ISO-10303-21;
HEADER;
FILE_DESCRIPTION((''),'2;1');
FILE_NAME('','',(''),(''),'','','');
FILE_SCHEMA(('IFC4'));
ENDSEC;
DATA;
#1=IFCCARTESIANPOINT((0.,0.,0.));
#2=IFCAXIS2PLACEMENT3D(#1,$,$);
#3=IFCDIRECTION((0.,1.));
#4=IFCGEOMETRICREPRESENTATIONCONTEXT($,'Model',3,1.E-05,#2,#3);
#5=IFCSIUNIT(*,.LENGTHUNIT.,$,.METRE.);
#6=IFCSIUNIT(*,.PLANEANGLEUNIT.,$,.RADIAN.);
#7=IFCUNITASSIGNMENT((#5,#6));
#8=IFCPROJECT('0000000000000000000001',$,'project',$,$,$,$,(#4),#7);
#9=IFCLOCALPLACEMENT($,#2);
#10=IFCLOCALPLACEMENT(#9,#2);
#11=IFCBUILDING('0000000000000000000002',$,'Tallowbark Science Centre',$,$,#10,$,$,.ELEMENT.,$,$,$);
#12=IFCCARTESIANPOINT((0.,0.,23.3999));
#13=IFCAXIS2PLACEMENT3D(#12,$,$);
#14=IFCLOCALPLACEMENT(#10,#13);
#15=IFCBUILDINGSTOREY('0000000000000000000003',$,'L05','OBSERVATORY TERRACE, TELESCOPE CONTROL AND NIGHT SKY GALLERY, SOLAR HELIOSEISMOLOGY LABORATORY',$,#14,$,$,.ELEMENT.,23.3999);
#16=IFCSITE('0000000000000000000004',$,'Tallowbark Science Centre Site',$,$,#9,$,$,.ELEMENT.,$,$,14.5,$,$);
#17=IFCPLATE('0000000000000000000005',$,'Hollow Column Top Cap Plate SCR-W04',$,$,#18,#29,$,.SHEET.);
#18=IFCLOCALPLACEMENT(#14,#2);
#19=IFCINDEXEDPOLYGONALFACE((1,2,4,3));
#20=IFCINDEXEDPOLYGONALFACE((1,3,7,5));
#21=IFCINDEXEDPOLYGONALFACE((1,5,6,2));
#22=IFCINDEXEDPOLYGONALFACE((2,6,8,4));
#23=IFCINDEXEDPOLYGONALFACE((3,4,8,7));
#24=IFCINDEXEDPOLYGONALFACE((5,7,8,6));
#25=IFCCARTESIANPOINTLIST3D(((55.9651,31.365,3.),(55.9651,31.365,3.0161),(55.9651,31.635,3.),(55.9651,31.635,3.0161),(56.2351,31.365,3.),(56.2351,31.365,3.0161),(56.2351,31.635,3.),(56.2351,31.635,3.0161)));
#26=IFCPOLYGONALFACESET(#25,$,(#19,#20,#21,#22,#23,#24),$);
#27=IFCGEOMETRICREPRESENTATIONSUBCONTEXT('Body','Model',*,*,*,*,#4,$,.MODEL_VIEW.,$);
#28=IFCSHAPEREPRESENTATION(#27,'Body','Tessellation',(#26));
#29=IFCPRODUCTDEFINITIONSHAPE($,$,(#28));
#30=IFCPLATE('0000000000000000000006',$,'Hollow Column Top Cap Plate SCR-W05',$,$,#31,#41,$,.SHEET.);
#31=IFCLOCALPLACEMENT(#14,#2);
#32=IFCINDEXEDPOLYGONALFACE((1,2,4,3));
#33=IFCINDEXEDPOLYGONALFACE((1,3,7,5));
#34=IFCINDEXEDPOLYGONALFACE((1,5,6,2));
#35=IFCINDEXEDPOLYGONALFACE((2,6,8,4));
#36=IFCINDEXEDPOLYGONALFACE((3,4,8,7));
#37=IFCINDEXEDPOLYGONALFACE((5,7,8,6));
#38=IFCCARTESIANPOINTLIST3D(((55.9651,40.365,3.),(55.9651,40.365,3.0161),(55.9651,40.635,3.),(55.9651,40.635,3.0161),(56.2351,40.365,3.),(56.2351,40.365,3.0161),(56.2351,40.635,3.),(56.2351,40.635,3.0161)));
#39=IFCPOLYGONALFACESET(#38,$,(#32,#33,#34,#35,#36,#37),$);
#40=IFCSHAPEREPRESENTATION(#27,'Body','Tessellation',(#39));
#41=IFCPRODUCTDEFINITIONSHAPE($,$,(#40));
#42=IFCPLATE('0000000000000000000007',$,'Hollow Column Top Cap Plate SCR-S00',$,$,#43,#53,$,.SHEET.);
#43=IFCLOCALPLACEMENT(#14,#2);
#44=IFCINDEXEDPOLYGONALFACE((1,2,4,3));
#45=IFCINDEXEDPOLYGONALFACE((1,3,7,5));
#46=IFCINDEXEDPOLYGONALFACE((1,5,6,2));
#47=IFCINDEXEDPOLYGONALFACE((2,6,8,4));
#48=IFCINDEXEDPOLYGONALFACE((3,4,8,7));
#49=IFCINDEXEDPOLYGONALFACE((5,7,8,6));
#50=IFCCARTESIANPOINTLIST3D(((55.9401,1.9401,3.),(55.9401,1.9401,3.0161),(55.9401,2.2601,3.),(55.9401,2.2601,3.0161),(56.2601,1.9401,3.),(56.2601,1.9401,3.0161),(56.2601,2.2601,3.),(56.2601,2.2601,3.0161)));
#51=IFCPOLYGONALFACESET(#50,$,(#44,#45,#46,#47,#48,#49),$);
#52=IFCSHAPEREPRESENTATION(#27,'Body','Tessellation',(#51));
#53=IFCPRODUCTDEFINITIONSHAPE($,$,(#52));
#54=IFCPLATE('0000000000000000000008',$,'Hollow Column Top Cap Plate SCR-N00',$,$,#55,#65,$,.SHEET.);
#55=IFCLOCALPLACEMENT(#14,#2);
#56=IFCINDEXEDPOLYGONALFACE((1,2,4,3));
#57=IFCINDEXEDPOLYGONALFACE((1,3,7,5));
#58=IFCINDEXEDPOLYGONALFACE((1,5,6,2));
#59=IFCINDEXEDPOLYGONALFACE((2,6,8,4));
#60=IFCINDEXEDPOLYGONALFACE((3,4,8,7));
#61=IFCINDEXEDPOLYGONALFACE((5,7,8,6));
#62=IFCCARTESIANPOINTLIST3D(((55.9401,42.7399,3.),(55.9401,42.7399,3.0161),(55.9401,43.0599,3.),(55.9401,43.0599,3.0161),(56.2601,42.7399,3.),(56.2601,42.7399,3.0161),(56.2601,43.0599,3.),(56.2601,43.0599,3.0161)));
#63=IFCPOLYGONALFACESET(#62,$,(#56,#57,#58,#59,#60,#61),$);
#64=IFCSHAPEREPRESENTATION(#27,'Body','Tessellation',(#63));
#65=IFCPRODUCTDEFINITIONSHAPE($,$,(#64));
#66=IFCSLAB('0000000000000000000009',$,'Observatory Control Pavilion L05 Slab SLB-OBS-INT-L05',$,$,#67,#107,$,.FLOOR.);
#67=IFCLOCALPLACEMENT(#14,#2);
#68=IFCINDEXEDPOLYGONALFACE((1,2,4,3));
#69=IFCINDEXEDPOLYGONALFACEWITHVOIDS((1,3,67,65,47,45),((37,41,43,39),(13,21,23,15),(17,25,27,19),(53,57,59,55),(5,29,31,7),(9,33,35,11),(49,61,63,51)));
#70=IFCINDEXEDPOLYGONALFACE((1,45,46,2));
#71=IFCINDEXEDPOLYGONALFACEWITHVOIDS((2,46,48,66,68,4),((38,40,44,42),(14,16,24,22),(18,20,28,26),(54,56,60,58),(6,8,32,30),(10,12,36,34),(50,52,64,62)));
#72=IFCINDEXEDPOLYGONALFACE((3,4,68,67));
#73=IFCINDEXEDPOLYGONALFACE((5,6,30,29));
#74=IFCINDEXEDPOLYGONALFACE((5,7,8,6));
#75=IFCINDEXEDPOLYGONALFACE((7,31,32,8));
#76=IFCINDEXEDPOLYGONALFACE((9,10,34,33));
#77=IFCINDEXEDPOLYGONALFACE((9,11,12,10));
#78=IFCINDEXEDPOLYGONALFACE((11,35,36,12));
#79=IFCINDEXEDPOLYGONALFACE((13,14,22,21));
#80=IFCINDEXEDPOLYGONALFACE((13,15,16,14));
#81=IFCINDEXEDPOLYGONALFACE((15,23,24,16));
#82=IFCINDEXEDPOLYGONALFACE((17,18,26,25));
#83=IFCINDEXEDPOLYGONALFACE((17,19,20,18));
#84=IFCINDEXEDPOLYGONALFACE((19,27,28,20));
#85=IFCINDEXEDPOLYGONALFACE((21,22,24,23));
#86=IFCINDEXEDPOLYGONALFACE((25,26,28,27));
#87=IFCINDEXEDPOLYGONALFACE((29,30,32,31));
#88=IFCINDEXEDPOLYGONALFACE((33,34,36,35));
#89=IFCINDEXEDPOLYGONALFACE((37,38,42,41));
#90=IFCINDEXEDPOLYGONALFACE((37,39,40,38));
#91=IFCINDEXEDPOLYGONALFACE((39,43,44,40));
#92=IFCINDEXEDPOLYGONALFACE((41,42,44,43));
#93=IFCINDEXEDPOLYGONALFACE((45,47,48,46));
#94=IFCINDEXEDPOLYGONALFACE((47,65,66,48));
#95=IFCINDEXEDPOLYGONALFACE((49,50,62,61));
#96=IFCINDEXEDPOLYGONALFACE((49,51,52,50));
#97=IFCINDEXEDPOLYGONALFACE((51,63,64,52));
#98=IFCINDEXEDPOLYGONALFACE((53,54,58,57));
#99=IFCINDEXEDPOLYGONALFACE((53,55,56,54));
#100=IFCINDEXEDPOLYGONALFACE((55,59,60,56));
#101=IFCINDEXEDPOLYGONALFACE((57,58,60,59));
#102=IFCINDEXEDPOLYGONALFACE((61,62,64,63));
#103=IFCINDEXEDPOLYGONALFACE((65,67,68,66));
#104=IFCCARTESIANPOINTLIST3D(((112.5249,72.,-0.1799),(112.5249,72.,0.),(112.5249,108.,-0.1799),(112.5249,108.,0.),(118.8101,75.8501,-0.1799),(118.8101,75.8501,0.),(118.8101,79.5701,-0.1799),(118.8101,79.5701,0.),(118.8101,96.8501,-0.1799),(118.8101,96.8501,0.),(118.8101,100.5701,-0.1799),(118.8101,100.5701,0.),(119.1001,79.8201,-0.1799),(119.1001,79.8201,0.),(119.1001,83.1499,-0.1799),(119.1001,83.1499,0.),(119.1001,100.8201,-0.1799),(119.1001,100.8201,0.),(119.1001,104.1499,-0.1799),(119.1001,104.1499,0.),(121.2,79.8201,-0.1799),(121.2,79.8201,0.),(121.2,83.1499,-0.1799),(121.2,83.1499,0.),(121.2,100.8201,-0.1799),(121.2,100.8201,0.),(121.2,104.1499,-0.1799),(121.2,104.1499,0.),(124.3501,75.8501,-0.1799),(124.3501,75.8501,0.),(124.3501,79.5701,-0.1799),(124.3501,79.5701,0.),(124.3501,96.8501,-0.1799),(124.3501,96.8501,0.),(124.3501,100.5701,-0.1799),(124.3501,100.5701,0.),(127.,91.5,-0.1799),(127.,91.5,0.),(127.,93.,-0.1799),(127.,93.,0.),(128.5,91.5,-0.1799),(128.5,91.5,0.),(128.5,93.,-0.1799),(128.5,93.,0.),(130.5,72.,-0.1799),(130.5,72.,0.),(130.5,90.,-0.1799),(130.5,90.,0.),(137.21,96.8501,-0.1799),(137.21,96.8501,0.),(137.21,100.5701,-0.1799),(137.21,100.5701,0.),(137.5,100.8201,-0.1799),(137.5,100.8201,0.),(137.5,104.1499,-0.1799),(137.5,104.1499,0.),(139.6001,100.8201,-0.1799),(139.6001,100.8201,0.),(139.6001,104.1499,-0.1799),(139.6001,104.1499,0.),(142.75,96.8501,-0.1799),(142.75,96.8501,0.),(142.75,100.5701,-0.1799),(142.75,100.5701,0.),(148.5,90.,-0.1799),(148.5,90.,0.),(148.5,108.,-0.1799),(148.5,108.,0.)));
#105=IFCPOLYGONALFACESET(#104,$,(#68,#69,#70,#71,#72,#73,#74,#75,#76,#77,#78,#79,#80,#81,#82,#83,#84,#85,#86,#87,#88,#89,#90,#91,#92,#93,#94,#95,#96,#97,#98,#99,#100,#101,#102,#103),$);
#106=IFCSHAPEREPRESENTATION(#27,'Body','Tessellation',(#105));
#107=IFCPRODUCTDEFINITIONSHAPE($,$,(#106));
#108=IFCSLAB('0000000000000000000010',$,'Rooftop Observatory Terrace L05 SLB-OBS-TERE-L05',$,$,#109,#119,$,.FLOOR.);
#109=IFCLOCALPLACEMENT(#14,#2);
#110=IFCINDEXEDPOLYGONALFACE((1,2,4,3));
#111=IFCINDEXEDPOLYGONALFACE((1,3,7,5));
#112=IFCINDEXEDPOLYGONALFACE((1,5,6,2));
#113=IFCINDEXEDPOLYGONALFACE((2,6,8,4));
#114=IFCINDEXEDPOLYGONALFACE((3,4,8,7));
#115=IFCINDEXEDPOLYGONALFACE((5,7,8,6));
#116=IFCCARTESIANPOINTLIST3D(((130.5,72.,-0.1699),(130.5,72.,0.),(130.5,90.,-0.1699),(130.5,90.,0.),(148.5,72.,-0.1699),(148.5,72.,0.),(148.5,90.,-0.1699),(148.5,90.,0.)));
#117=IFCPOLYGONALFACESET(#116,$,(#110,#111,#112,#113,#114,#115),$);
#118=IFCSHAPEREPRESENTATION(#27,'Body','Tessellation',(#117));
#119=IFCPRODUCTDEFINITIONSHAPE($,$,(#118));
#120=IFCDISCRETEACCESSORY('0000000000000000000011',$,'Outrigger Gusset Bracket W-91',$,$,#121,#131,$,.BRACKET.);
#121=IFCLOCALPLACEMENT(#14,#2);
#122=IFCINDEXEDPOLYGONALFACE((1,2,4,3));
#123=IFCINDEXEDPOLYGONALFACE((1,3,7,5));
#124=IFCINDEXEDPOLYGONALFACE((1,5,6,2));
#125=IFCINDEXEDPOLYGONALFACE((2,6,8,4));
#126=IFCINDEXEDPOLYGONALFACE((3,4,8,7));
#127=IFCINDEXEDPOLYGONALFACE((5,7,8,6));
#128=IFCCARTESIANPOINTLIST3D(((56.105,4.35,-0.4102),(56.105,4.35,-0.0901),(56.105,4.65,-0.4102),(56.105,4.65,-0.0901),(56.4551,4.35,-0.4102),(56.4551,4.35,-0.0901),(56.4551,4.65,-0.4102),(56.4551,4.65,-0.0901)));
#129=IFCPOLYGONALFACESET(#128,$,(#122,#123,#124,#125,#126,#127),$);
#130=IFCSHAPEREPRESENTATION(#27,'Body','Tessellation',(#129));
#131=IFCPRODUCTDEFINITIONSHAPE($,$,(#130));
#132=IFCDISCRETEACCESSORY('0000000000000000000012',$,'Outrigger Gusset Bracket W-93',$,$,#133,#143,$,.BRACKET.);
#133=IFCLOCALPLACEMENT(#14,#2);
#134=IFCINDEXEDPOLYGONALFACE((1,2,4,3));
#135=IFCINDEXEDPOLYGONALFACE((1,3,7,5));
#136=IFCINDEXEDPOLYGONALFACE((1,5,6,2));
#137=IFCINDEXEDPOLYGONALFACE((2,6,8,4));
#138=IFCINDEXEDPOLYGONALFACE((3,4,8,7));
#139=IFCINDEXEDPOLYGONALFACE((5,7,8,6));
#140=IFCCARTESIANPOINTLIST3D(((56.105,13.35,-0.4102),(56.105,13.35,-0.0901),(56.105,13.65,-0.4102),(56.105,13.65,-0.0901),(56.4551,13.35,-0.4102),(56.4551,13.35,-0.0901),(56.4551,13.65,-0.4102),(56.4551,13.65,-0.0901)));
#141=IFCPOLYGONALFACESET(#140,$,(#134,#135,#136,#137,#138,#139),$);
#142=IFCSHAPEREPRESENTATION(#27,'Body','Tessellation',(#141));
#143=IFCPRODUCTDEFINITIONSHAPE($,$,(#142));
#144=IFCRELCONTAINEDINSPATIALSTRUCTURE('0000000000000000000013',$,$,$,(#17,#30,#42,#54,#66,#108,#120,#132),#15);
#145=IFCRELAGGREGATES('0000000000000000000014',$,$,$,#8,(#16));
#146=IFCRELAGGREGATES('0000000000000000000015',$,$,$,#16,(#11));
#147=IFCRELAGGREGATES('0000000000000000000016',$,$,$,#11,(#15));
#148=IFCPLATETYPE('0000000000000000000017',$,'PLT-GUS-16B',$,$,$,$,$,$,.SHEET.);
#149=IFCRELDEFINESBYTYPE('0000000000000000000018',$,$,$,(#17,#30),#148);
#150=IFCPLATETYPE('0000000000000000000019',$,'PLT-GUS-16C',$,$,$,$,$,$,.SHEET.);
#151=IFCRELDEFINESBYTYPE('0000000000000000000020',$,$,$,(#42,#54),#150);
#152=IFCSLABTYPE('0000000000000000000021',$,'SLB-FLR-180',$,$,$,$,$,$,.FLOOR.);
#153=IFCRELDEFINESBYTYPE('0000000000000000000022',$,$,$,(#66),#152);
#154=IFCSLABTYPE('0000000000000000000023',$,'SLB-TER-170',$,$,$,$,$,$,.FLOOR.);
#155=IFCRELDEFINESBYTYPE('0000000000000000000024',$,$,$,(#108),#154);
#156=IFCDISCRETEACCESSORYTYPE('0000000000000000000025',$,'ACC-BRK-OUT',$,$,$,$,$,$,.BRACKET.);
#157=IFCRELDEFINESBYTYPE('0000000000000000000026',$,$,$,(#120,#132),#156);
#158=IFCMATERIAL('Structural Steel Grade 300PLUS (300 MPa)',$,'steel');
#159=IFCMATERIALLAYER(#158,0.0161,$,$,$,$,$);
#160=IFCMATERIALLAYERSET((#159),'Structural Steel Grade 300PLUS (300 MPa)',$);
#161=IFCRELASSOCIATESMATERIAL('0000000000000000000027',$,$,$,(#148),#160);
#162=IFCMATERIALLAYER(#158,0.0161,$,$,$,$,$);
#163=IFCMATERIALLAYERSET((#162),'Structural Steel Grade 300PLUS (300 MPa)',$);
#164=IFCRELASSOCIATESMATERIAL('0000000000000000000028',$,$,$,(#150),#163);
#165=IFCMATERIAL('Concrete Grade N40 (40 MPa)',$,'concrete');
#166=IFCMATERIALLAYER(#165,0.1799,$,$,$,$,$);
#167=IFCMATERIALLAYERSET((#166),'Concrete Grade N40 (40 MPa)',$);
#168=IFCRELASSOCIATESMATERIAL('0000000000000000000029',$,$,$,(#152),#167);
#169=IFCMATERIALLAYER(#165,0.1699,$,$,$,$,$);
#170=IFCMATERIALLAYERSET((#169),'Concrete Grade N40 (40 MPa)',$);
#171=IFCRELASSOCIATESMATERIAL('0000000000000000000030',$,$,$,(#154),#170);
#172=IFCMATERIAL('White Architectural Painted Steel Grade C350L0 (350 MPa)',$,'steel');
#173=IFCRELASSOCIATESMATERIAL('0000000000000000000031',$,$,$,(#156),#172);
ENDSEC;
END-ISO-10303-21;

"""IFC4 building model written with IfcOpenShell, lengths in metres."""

from ifc_helpers import new_model, si_unit, direction, frame, origin, origin_2d, place, context, subcontext, project, spatial, polyline, rectangle, outline, extrude, material, layer, layer_set, type_object, element, save


model = new_model("IFC4")

# Units and contexts
model_context = context("Model", 3, precision=1e-05, world=origin(), true_north=direction((0.0, 1.0)))
body_context = subcontext(model_context, "Body", "Model", "MODEL_VIEW")
ifc_project = project(units=[si_unit("LENGTHUNIT", "METRE"), si_unit("PLANEANGLEUNIT", "RADIAN")], contexts=[model_context])

# Site, building, storey
site_placement = place(None, origin())
site = spatial("IfcSite", under=ifc_project, at=site_placement, Name="Tallowbark Science Centre Site", CompositionType="ELEMENT", RefElevation=14.5)
building_placement = place(site_placement, origin())
building = spatial("IfcBuilding", under=site, at=building_placement, Name="Tallowbark Science Centre", CompositionType="ELEMENT")
storey_placement = place(building_placement, frame((0.0, 0.0, 23.3999)))
storey = spatial("IfcBuildingStorey", under=building, at=storey_placement, Name="L05", Description="OBSERVATORY TERRACE, TELESCOPE CONTROL AND NIGHT SKY GALLERY, SOLAR HELIOSEISMOLOGY LABORATORY", CompositionType="ELEMENT", Elevation=23.3999)

# Shared definitions
ifc_material_1 = material(Name="White Architectural Painted Steel Grade C350L0 (350 MPa)", Category="steel")

# Plates
ifc_material_2 = material(Name="Structural Steel Grade 300PLUS (300 MPa)", Category="steel")
ifc_layer_1 = layer(ifc_material_2, 0.0161)
ifc_layer_set_1 = layer_set([ifc_layer_1], Name="Structural Steel Grade 300PLUS (300 MPa)")
plate_type_1 = type_object("IfcPlateType", Name="PLT-GUS-16B", PredefinedType="SHEET", material=ifc_layer_set_1)
for number, where, z_axis, x_axis, name in (
    (1, (56.1001, 31.5, 3.0), (0.0, 0.0, 1.0), (1.0, 0.0, 0.0), "Hollow Column Top Cap Plate SCR-W04"),
    (2, (56.1001, 40.5, 3.0), (0.0, 0.0, 1.0), (1.0, 0.0, 0.0), "Hollow Column Top Cap Plate SCR-W05"),
):
    element("IfcPlate", number, at=place(storey_placement, frame(where, z_axis=z_axis, x_axis=x_axis)), inside=storey, type_object=plate_type_1, Name=name, PredefinedType="SHEET", context=body_context, shape_type="SweptSolid", body=[
        extrude(rectangle(XDim=0.27, YDim=0.27, at=origin_2d()), origin(), (0.0, 0.0, 1.0), 0.0161),
    ])
ifc_layer_2 = layer(ifc_material_2, 0.0161)
ifc_layer_set_2 = layer_set([ifc_layer_2], Name="Structural Steel Grade 300PLUS (300 MPa)")
plate_type_2 = type_object("IfcPlateType", Name="PLT-GUS-16C", PredefinedType="SHEET", material=ifc_layer_set_2)
for number, where, z_axis, x_axis, name in (
    (3, (56.1001, 2.1001, 3.0), (0.0, 0.0, 1.0), (1.0, 0.0, 0.0), "Hollow Column Top Cap Plate SCR-S00"),
    (4, (56.1001, 42.8999, 3.0), (0.0, 0.0, 1.0), (1.0, 0.0, 0.0), "Hollow Column Top Cap Plate SCR-N00"),
):
    element("IfcPlate", number, at=place(storey_placement, frame(where, z_axis=z_axis, x_axis=x_axis)), inside=storey, type_object=plate_type_2, Name=name, PredefinedType="SHEET", context=body_context, shape_type="SweptSolid", body=[
        extrude(rectangle(XDim=0.3201, YDim=0.3201, at=origin_2d()), origin(), (0.0, 0.0, 1.0), 0.0161),
    ])

# Slabs
ifc_material_3 = material(Name="Concrete Grade N40 (40 MPa)", Category="concrete")
ifc_layer_3 = layer(ifc_material_3, 0.1799)
ifc_layer_set_3 = layer_set([ifc_layer_3], Name="Concrete Grade N40 (40 MPa)")
slab_type_1 = type_object("IfcSlabType", Name="SLB-FLR-180", PredefinedType="FLOOR", material=ifc_layer_set_3)
slab_1_placement = place(storey_placement, frame((0.0, 0.0, -0.1799)))
element("IfcSlab", 5, at=slab_1_placement, inside=storey, type_object=slab_type_1, Name="Observatory Control Pavilion L05 Slab SLB-OBS-INT-L05", PredefinedType="FLOOR", context=body_context, shape_type="SweptSolid", body=[
    extrude(outline(polyline([(112.5249, 72.0), (130.5, 72.0), (130.5, 90.0), (148.5, 90.0), (148.5, 108.0), (112.5249, 108.0), (112.5249, 72.0)]), holes=[polyline([(118.8101, 75.8501), (124.3501, 75.8501), (124.3501, 79.5701), (118.8101, 79.5701), (118.8101, 75.8501)]), polyline([(137.21, 96.8501), (142.75, 96.8501), (142.75, 100.5701), (137.21, 100.5701), (137.21, 96.8501)]), polyline([(118.8101, 96.8501), (124.3501, 96.8501), (124.3501, 100.5701), (118.8101, 100.5701), (118.8101, 96.8501)]), polyline([(119.1001, 79.8201), (121.2, 79.8201), (121.2, 83.1499), (119.1001, 83.1499), (119.1001, 79.8201)]), polyline([(137.5, 100.8201), (139.6001, 100.8201), (139.6001, 104.1499), (137.5, 104.1499), (137.5, 100.8201)]), polyline([(119.1001, 100.8201), (121.2, 100.8201), (121.2, 104.1499), (119.1001, 104.1499), (119.1001, 100.8201)]), polyline([(127.0, 91.5), (128.5, 91.5), (128.5, 93.0), (127.0, 93.0), (127.0, 91.5)])]), origin(), (0.0, 0.0, 1.0), 0.1799),
])
ifc_layer_4 = layer(ifc_material_3, 0.1699)
ifc_layer_set_4 = layer_set([ifc_layer_4], Name="Concrete Grade N40 (40 MPa)")
slab_type_2 = type_object("IfcSlabType", Name="SLB-TER-170", PredefinedType="FLOOR", material=ifc_layer_set_4)
slab_2_placement = place(storey_placement, frame((0.0, 0.0, -0.1699)))
element("IfcSlab", 6, at=slab_2_placement, inside=storey, type_object=slab_type_2, Name="Rooftop Observatory Terrace L05 SLB-OBS-TERE-L05", PredefinedType="FLOOR", context=body_context, shape_type="SweptSolid", body=[
    extrude(outline(polyline([(130.5, 72.0), (148.5, 72.0), (148.5, 90.0), (130.5, 90.0), (130.5, 72.0)])), origin(), (0.0, 0.0, 1.0), 0.1699),
])

# Discrete accessories
discrete_accessory_type = type_object("IfcDiscreteAccessoryType", Name="ACC-BRK-OUT", PredefinedType="BRACKET", material=ifc_material_1)
for number, where, z_axis, x_axis, name in (
    (7, (56.28, 4.5, -0.4102), (0.0, 0.0, 1.0), (1.0, 0.0, 0.0), "Outrigger Gusset Bracket W-91"),
    (8, (56.28, 13.5, -0.4102), (0.0, 0.0, 1.0), (1.0, 0.0, 0.0), "Outrigger Gusset Bracket W-93"),
):
    element("IfcDiscreteAccessory", number, at=place(storey_placement, frame(where, z_axis=z_axis, x_axis=x_axis)), inside=storey, type_object=discrete_accessory_type, Name=name, PredefinedType="BRACKET", context=body_context, shape_type="SweptSolid", body=[
        extrude(rectangle(XDim=0.3501, YDim=0.3, at=origin_2d()), origin(), (0.0, 0.0, 1.0), 0.3201),
    ])

save(model, "model.ifc")
